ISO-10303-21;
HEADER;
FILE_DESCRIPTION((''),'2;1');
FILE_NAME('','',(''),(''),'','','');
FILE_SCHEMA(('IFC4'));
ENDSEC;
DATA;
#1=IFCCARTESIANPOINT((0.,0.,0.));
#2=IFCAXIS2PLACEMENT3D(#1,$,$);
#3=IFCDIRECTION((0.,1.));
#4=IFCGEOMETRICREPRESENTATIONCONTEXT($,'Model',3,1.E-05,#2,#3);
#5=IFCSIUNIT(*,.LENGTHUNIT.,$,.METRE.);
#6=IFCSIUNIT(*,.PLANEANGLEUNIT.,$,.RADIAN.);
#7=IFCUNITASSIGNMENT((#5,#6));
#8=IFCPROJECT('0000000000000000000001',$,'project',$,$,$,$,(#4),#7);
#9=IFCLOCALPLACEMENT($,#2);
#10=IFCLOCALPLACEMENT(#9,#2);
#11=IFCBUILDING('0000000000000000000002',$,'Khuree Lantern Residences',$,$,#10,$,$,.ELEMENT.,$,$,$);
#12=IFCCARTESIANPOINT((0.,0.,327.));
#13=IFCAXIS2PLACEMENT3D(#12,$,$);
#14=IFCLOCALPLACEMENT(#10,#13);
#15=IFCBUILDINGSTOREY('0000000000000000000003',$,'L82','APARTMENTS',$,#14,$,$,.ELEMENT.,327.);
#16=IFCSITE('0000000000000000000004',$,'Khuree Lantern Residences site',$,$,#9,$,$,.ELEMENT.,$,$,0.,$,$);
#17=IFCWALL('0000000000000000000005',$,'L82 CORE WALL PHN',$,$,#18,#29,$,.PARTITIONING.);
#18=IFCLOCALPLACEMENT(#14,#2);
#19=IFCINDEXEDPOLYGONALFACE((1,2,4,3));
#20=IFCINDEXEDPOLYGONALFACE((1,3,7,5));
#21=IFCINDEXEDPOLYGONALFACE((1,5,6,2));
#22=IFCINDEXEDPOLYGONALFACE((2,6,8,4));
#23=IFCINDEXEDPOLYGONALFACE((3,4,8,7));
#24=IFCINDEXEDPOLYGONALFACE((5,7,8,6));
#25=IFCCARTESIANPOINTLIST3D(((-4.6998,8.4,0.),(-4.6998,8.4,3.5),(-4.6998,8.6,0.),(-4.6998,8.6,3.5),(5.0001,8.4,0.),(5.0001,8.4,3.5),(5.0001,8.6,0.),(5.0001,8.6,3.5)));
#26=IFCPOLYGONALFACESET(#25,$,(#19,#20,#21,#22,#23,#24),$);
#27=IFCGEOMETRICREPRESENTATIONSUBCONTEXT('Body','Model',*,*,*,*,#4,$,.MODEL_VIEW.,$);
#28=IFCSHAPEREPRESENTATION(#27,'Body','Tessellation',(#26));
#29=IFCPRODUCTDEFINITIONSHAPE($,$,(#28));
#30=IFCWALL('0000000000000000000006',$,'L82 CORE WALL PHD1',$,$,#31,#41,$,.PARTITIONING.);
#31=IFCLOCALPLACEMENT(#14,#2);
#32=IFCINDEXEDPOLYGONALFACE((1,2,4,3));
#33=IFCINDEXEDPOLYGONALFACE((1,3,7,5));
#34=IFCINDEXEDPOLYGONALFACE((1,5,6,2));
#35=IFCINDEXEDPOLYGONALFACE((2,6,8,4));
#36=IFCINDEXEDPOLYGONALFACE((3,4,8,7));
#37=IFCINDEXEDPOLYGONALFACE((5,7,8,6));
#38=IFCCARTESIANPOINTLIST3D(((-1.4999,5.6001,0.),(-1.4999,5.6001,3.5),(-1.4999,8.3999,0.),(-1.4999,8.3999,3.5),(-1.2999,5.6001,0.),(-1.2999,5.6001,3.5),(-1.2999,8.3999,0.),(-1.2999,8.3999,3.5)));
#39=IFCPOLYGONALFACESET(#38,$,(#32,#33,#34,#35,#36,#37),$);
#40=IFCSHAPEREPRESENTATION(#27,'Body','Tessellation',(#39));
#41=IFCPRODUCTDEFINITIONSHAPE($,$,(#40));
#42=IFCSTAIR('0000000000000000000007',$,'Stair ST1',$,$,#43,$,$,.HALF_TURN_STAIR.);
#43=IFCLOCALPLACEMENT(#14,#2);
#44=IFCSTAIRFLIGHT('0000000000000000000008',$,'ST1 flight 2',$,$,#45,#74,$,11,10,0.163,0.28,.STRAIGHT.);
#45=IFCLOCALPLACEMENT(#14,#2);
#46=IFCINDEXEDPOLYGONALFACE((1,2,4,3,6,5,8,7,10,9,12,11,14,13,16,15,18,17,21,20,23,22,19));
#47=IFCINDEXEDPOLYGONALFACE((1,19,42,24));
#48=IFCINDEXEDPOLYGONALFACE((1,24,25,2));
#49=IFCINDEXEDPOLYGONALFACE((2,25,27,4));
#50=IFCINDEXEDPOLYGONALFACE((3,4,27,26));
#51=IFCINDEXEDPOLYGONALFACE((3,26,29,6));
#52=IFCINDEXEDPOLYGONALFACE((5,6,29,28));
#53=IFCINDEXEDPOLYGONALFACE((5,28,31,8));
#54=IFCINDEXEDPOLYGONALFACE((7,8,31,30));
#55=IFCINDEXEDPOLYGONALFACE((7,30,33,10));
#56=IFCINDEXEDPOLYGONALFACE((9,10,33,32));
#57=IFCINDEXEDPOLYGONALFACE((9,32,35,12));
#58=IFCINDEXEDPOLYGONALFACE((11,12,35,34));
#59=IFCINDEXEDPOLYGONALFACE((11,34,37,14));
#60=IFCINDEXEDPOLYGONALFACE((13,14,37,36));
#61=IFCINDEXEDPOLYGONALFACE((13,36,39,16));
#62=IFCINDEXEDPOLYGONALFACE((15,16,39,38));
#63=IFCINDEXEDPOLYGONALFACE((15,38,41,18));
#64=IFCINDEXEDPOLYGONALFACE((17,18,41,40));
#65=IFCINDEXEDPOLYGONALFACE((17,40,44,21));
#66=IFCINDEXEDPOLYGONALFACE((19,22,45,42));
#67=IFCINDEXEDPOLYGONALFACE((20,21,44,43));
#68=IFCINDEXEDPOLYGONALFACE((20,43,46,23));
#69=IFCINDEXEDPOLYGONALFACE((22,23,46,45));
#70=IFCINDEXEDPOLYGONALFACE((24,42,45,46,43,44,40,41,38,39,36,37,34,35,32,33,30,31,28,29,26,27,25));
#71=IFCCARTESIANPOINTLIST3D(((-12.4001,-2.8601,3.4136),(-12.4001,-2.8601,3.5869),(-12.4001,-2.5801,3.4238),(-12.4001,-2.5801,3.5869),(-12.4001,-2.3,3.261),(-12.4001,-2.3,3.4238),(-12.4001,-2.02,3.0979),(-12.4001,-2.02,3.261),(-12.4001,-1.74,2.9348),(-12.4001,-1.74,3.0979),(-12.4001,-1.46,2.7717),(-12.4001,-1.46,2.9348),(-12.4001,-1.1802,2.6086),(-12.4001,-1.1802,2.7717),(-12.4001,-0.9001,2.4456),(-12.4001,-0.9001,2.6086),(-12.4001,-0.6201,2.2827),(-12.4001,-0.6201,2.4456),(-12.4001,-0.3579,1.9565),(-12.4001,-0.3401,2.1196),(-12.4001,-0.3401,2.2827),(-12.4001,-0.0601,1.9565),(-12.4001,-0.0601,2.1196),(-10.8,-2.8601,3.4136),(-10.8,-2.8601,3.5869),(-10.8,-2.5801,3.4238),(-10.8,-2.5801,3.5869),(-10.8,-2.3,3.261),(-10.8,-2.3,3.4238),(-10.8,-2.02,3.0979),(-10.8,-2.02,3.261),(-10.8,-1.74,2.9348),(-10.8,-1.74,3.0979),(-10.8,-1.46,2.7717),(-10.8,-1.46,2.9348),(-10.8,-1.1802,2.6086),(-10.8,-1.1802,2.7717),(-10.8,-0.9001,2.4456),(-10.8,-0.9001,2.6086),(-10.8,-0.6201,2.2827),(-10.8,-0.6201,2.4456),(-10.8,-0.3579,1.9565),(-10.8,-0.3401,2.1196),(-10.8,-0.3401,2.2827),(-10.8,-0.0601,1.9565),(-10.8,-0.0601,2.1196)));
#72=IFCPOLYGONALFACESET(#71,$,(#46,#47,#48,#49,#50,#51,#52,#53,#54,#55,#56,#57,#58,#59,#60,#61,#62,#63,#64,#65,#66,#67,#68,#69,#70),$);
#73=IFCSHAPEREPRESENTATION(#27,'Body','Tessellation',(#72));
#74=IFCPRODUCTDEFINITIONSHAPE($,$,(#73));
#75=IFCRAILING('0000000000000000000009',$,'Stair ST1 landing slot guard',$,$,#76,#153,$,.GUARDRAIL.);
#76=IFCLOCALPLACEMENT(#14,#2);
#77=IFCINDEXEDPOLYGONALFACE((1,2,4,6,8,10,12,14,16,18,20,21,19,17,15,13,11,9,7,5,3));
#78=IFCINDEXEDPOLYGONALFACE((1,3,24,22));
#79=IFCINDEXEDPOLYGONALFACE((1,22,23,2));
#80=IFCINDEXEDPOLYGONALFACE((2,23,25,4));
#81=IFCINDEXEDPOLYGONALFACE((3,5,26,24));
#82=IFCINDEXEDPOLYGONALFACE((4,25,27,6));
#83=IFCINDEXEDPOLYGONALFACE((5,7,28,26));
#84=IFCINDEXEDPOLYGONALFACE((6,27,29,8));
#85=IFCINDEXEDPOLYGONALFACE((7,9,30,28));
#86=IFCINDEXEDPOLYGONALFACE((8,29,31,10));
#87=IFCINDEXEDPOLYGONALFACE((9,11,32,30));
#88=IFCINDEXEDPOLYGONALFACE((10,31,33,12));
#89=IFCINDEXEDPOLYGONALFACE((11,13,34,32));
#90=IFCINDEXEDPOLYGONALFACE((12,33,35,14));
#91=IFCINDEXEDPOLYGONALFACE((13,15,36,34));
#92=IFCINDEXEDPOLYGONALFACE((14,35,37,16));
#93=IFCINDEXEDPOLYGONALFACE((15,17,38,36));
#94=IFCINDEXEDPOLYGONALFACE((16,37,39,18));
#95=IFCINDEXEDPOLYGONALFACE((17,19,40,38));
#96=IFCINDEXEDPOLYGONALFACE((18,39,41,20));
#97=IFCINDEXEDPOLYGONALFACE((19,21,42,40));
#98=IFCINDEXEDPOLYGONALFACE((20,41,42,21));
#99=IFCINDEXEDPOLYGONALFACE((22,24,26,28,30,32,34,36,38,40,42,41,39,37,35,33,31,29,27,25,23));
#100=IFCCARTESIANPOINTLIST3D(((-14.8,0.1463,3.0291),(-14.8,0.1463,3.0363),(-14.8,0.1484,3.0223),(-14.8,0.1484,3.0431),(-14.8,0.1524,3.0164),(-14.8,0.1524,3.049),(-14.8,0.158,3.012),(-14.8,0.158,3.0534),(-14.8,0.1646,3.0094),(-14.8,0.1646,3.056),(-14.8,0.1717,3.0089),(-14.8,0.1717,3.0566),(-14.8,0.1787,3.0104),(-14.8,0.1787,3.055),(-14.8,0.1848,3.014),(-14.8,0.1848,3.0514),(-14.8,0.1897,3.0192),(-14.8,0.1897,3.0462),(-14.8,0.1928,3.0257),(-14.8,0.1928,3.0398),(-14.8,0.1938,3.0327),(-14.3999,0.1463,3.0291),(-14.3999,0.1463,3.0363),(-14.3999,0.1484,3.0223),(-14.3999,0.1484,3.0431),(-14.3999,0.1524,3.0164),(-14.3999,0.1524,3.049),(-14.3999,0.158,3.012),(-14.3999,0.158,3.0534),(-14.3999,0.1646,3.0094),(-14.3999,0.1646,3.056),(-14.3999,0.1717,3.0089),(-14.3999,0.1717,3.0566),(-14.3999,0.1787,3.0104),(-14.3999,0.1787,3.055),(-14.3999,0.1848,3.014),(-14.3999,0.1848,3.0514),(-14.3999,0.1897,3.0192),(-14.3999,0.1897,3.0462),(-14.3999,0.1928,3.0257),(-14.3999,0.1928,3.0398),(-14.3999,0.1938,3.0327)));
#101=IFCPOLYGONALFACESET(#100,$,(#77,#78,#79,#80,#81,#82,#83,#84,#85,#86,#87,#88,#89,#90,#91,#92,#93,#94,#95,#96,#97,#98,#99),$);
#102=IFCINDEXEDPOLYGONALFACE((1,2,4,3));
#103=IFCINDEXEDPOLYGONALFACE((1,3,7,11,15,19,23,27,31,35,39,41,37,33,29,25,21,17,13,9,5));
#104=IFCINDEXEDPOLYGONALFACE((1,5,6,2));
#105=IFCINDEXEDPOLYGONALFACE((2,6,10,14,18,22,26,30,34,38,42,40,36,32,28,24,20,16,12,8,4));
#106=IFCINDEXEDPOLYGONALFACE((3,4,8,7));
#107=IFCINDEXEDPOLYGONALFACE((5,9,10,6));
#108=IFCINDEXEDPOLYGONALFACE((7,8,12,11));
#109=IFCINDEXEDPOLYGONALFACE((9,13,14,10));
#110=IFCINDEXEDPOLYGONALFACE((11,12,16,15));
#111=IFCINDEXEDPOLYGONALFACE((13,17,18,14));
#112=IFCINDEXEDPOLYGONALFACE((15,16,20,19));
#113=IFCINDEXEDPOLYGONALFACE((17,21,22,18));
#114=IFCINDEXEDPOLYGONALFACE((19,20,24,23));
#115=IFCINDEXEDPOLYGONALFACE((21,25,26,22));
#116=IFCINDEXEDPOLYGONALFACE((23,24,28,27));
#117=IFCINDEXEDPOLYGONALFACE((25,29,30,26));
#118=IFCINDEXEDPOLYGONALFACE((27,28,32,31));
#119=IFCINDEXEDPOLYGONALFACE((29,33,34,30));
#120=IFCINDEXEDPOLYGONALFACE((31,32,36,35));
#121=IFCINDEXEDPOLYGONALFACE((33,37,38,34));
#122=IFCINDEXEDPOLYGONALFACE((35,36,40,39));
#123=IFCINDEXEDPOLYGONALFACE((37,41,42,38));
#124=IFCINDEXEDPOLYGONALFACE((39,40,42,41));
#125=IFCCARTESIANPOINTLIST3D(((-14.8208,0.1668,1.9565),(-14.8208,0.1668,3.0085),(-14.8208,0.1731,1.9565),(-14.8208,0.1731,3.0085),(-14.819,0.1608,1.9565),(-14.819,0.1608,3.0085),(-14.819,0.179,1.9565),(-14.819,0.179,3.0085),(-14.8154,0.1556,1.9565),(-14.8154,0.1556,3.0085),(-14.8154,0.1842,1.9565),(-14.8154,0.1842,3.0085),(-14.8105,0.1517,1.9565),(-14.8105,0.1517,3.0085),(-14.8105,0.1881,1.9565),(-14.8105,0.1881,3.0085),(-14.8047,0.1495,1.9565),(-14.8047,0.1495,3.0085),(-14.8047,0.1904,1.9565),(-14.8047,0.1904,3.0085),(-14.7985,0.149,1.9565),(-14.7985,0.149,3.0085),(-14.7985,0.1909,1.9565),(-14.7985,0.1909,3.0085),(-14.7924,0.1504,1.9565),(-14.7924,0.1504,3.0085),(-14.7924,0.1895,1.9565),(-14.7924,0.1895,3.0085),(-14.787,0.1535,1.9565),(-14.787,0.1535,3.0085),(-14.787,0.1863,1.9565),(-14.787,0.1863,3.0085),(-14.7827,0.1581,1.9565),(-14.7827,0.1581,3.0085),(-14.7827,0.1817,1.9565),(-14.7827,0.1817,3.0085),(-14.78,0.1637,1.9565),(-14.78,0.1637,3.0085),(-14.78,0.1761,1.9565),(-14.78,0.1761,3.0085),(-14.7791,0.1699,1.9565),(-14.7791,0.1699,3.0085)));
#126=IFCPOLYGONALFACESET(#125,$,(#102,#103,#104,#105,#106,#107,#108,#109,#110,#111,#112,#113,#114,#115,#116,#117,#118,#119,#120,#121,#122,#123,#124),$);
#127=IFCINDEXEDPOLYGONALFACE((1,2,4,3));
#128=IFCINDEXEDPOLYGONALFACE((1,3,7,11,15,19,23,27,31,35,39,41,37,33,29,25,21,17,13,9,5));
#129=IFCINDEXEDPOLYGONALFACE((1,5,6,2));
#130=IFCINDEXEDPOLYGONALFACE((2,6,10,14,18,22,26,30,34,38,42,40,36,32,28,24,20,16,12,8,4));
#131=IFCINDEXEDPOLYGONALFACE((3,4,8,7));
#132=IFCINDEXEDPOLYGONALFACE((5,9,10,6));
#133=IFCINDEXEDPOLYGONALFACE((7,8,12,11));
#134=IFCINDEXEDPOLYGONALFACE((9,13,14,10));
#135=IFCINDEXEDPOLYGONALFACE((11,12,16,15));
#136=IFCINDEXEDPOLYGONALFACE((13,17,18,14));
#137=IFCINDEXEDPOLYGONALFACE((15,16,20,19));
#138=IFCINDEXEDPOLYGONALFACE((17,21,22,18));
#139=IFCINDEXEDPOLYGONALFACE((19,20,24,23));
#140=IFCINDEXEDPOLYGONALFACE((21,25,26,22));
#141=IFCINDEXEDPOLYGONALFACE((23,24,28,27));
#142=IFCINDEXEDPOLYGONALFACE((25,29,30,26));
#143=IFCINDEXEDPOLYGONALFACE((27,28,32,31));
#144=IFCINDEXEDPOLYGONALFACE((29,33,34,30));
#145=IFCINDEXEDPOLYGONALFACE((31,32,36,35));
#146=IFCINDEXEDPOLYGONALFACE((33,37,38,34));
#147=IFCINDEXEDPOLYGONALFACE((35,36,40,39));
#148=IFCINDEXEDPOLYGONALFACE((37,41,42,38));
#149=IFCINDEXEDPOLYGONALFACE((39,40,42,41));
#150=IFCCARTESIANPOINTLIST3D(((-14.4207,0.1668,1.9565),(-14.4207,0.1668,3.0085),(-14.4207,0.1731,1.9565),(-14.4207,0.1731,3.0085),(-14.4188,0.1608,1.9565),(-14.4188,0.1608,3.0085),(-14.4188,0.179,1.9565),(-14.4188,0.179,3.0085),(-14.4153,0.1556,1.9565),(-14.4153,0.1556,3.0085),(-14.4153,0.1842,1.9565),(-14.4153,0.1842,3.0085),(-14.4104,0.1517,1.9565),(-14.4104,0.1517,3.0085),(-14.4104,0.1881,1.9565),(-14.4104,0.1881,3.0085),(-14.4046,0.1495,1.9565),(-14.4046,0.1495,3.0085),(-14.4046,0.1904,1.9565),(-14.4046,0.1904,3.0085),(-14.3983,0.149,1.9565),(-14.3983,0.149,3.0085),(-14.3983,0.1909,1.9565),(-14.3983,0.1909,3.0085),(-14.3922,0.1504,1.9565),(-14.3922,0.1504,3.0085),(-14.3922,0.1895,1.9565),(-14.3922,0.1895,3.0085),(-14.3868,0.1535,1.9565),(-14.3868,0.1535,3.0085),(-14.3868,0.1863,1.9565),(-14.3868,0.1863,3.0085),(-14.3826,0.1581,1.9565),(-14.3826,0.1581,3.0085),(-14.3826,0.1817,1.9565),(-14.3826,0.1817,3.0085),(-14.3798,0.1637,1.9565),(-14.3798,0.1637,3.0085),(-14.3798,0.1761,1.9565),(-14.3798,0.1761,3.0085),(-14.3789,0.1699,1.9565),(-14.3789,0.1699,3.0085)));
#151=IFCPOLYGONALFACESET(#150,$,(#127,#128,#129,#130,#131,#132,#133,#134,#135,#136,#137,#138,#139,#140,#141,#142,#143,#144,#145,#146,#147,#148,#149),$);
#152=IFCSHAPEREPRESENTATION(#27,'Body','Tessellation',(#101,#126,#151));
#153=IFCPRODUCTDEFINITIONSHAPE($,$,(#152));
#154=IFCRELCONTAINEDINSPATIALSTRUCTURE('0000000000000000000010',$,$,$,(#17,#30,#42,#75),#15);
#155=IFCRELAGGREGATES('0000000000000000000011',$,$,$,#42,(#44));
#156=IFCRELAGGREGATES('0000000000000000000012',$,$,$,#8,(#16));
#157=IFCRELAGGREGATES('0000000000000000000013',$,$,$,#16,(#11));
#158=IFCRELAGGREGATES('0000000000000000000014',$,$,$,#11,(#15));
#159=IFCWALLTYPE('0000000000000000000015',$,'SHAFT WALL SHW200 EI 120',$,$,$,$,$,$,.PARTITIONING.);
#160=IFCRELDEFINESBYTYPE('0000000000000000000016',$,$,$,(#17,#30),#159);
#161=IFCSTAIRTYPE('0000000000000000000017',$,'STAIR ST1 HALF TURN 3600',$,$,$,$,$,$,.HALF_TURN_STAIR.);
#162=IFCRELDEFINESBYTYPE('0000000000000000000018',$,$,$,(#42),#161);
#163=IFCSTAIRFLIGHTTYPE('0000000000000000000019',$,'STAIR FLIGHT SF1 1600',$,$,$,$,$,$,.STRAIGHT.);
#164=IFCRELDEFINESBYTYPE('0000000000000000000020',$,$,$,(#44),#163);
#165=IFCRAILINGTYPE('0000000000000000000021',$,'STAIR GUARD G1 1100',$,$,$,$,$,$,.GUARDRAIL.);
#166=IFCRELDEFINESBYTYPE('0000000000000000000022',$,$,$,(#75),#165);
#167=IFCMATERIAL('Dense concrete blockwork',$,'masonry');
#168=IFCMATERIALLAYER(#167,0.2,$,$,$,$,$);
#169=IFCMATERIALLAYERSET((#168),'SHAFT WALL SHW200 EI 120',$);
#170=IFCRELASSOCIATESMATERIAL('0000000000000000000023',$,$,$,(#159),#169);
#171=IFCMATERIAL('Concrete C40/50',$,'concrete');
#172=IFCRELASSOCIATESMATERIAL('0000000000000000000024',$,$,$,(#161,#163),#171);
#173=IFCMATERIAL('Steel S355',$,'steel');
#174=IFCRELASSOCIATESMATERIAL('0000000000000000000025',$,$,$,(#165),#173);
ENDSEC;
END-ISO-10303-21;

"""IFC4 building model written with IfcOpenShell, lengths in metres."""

from ifc_helpers import new_model, si_unit, direction, frame, frame_2d, origin, origin_2d, place, context, subcontext, project, spatial, polyline, rectangle, circle, outline, extrude, material, layer, layer_set, type_object, element, aggregate, save


model = new_model("IFC4")

# Units and contexts
model_context = context("Model", 3, precision=1e-05, world=origin(), true_north=direction((0.0, 1.0)))
body_context = subcontext(model_context, "Body", "Model", "MODEL_VIEW")
ifc_project = project(units=[si_unit("LENGTHUNIT", "METRE"), si_unit("PLANEANGLEUNIT", "RADIAN")], contexts=[model_context])

# Site, building, storey
site_placement = place(None, origin())
site = spatial("IfcSite", under=ifc_project, at=site_placement, Name="Khuree Lantern Residences site", CompositionType="ELEMENT", RefElevation=0.0)
building_placement = place(site_placement, origin())
building = spatial("IfcBuilding", under=site, at=building_placement, Name="Khuree Lantern Residences", CompositionType="ELEMENT")
storey_placement = place(building_placement, frame((0.0, 0.0, 327.0)))
storey = spatial("IfcBuildingStorey", under=building, at=storey_placement, Name="L82", Description="APARTMENTS", CompositionType="ELEMENT", Elevation=327.0)

# Shared definitions
ifc_material_1 = material(Name="Dense concrete blockwork", Category="masonry")

# Walls
ifc_layer_1 = layer(ifc_material_1, 0.2)
ifc_layer_set_1 = layer_set([ifc_layer_1], Name="SHAFT WALL SHW200 EI 120")
wall_type_1 = type_object("IfcWallType", Name="SHAFT WALL SHW200 EI 120", PredefinedType="PARTITIONING", material=ifc_layer_set_1)
wall_1_placement = place(storey_placement, frame((-4.7, 8.5, 0.0), z_axis=(0.0, 0.0, 1.0), x_axis=(1.0, 0.0, 0.0)))
element("IfcWall", 1, at=wall_1_placement, inside=storey, type_object=wall_type_1, Name="L82 CORE WALL PHN", PredefinedType="PARTITIONING", context=body_context, shape_type="SweptSolid", body=[
    extrude(rectangle(XDim=9.7, YDim=0.2, at=frame_2d((4.8501, 0.0))), origin(), (0.0, 0.0, 1.0), 3.5),
])
wall_2_placement = place(storey_placement, frame((-1.3999, 5.6001, 0.0), z_axis=(0.0, 0.0, 1.0), x_axis=(0.0, 1.0, 0.0)))
element("IfcWall", 2, at=wall_2_placement, inside=storey, type_object=wall_type_1, Name="L82 CORE WALL PHD1", PredefinedType="PARTITIONING", context=body_context, shape_type="SweptSolid", body=[
    extrude(rectangle(XDim=2.7998, YDim=0.2, at=frame_2d((1.3999, 0.0))), origin(), (0.0, 0.0, 1.0), 3.5),
])

# Stair, stair flight
ifc_material_2 = material(Name="Concrete C40/50", Category="concrete")
stair_type = type_object("IfcStairType", Name="STAIR ST1 HALF TURN 3600", PredefinedType="HALF_TURN_STAIR", material=ifc_material_2)
stair_placement = place(storey_placement, origin())
stair = element("IfcStair", 3, at=stair_placement, inside=storey, type_object=stair_type, Name="Stair ST1", PredefinedType="HALF_TURN_STAIR")
stair_flight_type = type_object("IfcStairFlightType", Name="STAIR FLIGHT SF1 1600", PredefinedType="STRAIGHT", material=ifc_material_2)
stair_flight_placement = place(storey_placement, frame((-11.6001, -0.0601, 1.9565), z_axis=(0.0, 0.0, 1.0), x_axis=(0.0, -1.0, 0.0)))
stair_flight = element("IfcStairFlight", 4, at=stair_flight_placement, type_object=stair_flight_type, Name="ST1 flight 2", NumberOfRisers=11, NumberOfTreads=10, PredefinedType="STRAIGHT", RiserHeight=0.163, TreadLength=0.28, context=body_context, shape_type="SweptSolid", body=[
    extrude(outline(polyline([(0.0, 0.0), (0.0, 0.1631), (0.28, 0.1631), (0.28, 0.3262), (0.5601, 0.3262), (0.5601, 0.489), (0.8401, 0.489), (0.8401, 0.6521), (1.1201, 0.6521), (1.1201, 0.8152), (1.3999, 0.8152), (1.3999, 0.9783), (1.6799, 0.9783), (1.6799, 1.1414), (1.96, 1.1414), (1.96, 1.3044), (2.24, 1.3044), (2.24, 1.4673), (2.52, 1.4673), (2.52, 1.6304), (2.8, 1.6304), (2.8, 1.7935), (2.8, 1.457), (0.2979, 0.0), (0.0, 0.0)])), frame((0.0, 0.8, 0.0), z_axis=(0.0, -1.0, 0.0), x_axis=(1.0, 0.0, 0.0)), (0.0, 0.0, 1.0), 1.6001),
])
aggregate(stair, [stair_flight])

# Railing
ifc_material_3 = material(Name="Steel S355", Category="steel")
railing_type = type_object("IfcRailingType", Name="STAIR GUARD G1 1100", PredefinedType="GUARDRAIL", material=ifc_material_3)
railing_placement = place(storey_placement, frame((-14.8, 0.1699, 1.9565)))
element("IfcRailing", 5, at=railing_placement, inside=storey, type_object=railing_type, Name="Stair ST1 landing slot guard", PredefinedType="GUARDRAIL", context=body_context, shape_type="SweptSolid", body=[
    extrude(circle(Radius=0.0239, at=origin_2d()), frame((0.0, 0.0, 1.0762), z_axis=(1.0, 0.0, 0.0), x_axis=(0.0, 1.0, 0.0)), (0.0, 0.0, 1.0), 0.4001),
    extrude(circle(Radius=0.021, at=origin_2d()), origin(), (0.0, 0.0, 1.0), 1.052),
    extrude(circle(Radius=0.021, at=origin_2d()), frame((0.4001, 0.0, 0.0)), (0.0, 0.0, 1.0), 1.052),
])

save(model, "model.ifc")
